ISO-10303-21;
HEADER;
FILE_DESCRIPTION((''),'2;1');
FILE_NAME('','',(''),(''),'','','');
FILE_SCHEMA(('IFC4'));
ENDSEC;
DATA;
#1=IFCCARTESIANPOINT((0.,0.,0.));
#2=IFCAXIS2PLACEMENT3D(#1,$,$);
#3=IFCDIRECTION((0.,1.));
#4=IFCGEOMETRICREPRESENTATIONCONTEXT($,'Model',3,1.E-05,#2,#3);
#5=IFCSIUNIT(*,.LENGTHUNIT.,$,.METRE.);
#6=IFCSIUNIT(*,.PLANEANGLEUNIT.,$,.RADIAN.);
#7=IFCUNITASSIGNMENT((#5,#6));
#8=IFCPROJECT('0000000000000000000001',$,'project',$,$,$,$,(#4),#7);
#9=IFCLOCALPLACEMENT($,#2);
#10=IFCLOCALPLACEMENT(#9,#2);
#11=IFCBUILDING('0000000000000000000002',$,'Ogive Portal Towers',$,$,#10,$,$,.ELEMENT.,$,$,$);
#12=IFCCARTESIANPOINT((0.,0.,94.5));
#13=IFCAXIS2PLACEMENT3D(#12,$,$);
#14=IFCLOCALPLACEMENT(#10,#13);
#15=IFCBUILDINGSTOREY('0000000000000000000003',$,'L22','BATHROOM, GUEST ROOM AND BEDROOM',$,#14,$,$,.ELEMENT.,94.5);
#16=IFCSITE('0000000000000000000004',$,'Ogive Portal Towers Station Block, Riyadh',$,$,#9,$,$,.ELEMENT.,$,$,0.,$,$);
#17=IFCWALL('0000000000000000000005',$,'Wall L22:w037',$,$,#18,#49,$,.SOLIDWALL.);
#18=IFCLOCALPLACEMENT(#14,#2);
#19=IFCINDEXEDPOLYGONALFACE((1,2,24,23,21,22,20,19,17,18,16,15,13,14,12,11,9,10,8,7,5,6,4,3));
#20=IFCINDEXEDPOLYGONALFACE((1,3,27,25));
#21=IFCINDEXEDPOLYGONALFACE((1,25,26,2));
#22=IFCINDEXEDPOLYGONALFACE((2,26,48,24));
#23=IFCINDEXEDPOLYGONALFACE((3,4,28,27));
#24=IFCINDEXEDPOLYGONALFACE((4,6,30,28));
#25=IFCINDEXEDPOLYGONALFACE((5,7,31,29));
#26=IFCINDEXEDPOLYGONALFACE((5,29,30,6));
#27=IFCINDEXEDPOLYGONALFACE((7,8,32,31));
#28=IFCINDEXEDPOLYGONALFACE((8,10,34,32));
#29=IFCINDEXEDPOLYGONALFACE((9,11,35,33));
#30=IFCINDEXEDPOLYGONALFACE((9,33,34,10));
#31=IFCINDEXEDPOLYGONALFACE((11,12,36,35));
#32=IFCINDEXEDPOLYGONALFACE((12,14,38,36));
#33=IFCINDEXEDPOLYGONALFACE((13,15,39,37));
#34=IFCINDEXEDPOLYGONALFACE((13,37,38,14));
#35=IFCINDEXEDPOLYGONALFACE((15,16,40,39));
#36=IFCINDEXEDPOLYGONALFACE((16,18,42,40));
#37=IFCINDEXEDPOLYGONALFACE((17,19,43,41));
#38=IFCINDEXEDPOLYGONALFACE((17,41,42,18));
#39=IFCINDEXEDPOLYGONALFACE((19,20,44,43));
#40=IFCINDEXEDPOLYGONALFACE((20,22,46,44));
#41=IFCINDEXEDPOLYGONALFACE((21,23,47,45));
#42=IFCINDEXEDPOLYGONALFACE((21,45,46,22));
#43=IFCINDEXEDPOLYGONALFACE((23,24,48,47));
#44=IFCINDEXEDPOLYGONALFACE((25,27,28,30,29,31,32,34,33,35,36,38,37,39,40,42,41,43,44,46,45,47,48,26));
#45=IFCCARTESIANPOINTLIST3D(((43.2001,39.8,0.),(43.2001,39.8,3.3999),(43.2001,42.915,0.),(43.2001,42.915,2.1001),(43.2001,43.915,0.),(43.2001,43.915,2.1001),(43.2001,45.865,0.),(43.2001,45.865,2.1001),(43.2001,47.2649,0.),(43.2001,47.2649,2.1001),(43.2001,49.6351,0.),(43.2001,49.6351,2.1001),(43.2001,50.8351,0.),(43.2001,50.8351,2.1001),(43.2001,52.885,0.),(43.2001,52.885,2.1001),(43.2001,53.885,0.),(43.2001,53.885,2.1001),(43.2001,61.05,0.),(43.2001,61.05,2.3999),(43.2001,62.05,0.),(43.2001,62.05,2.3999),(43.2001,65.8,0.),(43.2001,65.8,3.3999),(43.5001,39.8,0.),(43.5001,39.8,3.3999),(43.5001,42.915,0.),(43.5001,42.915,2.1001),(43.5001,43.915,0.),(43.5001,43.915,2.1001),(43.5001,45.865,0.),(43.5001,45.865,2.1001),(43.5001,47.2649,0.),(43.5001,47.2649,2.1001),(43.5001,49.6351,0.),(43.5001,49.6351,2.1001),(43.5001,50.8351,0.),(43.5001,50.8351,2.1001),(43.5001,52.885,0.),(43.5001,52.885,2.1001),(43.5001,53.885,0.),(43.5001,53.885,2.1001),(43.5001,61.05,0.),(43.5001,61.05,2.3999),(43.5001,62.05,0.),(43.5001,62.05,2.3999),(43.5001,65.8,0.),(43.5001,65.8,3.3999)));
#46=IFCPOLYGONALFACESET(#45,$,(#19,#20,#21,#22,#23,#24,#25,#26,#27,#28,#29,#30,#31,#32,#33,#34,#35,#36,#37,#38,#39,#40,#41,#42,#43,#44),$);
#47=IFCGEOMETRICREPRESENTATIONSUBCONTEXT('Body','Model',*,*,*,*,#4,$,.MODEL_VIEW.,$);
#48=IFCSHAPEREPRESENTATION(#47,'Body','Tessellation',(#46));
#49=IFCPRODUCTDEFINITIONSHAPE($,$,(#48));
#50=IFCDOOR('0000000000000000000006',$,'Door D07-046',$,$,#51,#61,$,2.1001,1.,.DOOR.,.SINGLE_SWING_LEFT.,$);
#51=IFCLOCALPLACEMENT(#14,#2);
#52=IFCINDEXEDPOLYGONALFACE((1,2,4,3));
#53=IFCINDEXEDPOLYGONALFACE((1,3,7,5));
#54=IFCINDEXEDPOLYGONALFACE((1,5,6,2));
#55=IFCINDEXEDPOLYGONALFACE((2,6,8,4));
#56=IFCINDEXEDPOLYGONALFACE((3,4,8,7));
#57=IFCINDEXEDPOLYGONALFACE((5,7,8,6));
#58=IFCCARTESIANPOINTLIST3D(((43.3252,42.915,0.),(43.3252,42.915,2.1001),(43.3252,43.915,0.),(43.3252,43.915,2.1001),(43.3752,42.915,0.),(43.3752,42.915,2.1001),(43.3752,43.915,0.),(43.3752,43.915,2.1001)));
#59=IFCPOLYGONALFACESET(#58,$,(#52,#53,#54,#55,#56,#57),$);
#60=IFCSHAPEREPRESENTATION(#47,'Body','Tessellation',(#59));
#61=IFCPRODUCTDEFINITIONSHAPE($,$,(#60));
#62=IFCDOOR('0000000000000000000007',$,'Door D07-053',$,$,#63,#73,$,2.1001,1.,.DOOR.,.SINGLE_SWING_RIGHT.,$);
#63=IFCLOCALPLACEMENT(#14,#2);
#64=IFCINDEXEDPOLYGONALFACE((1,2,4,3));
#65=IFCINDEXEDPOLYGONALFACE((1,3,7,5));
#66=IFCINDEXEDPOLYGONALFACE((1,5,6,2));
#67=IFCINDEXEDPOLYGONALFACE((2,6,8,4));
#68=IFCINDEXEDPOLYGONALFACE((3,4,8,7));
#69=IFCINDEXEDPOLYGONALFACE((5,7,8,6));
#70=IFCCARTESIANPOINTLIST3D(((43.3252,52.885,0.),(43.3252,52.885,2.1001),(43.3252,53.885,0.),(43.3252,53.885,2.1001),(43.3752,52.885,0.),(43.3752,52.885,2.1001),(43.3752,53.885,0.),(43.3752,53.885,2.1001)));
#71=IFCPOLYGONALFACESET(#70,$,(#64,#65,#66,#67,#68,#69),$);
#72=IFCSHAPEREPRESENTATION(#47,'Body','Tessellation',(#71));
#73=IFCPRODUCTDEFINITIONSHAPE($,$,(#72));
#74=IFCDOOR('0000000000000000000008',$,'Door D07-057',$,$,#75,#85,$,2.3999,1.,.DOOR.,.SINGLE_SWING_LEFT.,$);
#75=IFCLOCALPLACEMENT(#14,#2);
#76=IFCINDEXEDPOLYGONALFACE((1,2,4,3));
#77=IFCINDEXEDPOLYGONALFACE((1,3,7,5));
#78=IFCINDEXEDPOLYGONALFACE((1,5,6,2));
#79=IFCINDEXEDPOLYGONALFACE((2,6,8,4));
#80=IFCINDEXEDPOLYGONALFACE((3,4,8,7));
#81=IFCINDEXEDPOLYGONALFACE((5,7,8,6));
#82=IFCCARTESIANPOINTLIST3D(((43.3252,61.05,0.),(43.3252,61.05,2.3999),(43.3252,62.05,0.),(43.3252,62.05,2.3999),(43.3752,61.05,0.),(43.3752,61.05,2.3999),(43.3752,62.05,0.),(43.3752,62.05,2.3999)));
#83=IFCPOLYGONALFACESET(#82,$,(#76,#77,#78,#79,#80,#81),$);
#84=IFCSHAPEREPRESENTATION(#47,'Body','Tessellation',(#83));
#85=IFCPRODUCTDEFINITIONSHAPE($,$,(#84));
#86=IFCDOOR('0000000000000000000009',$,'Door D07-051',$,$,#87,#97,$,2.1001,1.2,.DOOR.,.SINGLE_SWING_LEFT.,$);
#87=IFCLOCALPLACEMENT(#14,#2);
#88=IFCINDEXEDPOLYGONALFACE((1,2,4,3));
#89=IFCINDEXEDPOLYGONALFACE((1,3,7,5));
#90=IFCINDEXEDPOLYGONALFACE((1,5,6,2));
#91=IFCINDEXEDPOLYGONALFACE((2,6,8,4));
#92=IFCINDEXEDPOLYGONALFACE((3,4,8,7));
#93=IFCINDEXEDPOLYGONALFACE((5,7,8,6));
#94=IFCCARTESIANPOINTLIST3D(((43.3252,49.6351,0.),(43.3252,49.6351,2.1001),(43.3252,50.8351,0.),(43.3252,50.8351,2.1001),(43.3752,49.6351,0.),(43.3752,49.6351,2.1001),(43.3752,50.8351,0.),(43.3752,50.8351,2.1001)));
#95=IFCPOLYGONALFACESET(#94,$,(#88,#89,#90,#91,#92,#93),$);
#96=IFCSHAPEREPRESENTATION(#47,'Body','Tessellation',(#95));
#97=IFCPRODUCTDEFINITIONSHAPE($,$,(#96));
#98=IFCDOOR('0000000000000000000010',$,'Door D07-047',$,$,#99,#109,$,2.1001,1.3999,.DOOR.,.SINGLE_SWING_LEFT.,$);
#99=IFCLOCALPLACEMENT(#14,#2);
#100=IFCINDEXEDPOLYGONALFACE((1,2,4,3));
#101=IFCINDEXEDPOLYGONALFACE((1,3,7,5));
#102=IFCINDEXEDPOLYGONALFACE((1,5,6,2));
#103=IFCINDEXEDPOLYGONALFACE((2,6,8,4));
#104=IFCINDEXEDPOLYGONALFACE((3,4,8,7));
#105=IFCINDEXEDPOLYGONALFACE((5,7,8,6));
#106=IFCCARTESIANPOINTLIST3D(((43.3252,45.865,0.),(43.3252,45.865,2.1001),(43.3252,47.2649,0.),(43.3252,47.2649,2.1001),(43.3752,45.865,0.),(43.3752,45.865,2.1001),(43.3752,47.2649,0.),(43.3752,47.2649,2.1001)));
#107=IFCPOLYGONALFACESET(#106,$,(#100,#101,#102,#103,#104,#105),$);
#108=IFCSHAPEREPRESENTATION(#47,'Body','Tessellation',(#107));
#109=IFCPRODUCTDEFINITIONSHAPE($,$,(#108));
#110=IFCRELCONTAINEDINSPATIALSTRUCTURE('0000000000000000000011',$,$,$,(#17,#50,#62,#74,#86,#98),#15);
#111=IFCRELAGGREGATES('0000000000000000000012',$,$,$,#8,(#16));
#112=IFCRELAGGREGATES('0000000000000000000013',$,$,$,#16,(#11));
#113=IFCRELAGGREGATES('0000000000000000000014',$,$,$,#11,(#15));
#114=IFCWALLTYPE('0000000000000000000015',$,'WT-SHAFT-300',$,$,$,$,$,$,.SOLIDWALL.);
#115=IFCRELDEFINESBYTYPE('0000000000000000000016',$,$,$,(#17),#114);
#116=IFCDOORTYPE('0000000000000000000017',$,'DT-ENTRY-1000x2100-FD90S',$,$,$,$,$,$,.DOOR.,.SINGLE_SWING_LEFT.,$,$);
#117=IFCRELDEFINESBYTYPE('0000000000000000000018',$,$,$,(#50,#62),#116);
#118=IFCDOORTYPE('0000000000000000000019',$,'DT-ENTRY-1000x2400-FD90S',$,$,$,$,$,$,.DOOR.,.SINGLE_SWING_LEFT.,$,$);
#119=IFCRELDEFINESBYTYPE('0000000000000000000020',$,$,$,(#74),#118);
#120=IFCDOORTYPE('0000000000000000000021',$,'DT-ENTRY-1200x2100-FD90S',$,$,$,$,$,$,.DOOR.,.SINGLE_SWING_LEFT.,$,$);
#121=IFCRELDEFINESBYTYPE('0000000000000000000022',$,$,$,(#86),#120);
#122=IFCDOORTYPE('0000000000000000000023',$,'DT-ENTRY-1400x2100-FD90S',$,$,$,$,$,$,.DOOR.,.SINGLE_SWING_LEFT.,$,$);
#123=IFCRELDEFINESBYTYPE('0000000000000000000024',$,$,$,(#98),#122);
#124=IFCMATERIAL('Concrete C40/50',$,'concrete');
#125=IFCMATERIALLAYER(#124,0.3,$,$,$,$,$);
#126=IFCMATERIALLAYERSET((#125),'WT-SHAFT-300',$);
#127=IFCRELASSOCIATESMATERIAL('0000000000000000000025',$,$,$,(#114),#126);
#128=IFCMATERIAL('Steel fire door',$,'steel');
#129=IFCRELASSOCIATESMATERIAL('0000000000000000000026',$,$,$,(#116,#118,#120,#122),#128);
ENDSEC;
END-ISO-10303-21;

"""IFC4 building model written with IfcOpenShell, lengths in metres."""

from ifc_helpers import new_model, si_unit, direction, frame, frame_2d, origin, place, context, subcontext, project, spatial, rectangle, extrude, material, layer, layer_set, type_object, element, fill, save


model = new_model("IFC4")

# Units and contexts
model_context = context("Model", 3, precision=1e-05, world=origin(), true_north=direction((0.0, 1.0)))
body_context = subcontext(model_context, "Body", "Model", "MODEL_VIEW")
ifc_project = project(units=[si_unit("LENGTHUNIT", "METRE"), si_unit("PLANEANGLEUNIT", "RADIAN")], contexts=[model_context])

# Site, building, storey
site_placement = place(None, origin())
site = spatial("IfcSite", under=ifc_project, at=site_placement, Name="Ogive Portal Towers Station Block, Riyadh", CompositionType="ELEMENT", RefElevation=0.0)
building_placement = place(site_placement, origin())
building = spatial("IfcBuilding", under=site, at=building_placement, Name="Ogive Portal Towers", CompositionType="ELEMENT")
storey_placement = place(building_placement, frame((0.0, 0.0, 94.5)))
storey = spatial("IfcBuildingStorey", under=building, at=storey_placement, Name="L22", Description="BATHROOM, GUEST ROOM AND BEDROOM", CompositionType="ELEMENT", Elevation=94.5)

# Shared definitions
ifc_material_1 = material(Name="Steel fire door", Category="steel")

# Wall, openings, doors
ifc_material_2 = material(Name="Concrete C40/50", Category="concrete")
ifc_layer_1 = layer(ifc_material_2, 0.3)
ifc_layer_set_1 = layer_set([ifc_layer_1], Name="WT-SHAFT-300")
wall_type_1 = type_object("IfcWallType", Name="WT-SHAFT-300", PredefinedType="SOLIDWALL", material=ifc_layer_set_1)
wall_1_placement = place(storey_placement, frame((43.3501, 39.8, 0.0), z_axis=(0.0, 0.0, 1.0), x_axis=(0.0, 1.0, 0.0)))
wall_1 = element("IfcWall", 1, at=wall_1_placement, inside=storey, type_object=wall_type_1, Name="Wall L22:w037", PredefinedType="SOLIDWALL", context=body_context, shape_type="SweptSolid", body=[
    extrude(rectangle(XDim=26.0, YDim=0.3, at=frame_2d((13.0, 0.0))), origin(), (0.0, 0.0, 1.0), 3.3999),
])
opening_1_placement = place(wall_1_placement, frame((3.115, 0.0, 0.0)))
opening_1 = element("IfcOpeningElement", 2, at=opening_1_placement, cuts=wall_1, PredefinedType="OPENING", context=body_context, shape_type="SweptSolid", body=[
    extrude(rectangle(XDim=1.0, YDim=2.1001, at=frame_2d((0.5, 1.05))), frame((0.0, 0.1602, 0.0), z_axis=(0.0, -1.0, 0.0), x_axis=(1.0, 0.0, 0.0)), (0.0, 0.0, 1.0), 0.3201),
])
opening_2_placement = place(wall_1_placement, frame((6.0649, 0.0, 0.0)))
opening_2 = element("IfcOpeningElement", 3, at=opening_2_placement, cuts=wall_1, PredefinedType="OPENING", context=body_context, shape_type="SweptSolid", body=[
    extrude(rectangle(XDim=1.3999, YDim=2.1001, at=frame_2d((0.7, 1.05))), frame((0.0, 0.1602, 0.0), z_axis=(0.0, -1.0, 0.0), x_axis=(1.0, 0.0, 0.0)), (0.0, 0.0, 1.0), 0.3201),
])
opening_3_placement = place(wall_1_placement, frame((9.835, 0.0, 0.0)))
opening_3 = element("IfcOpeningElement", 4, at=opening_3_placement, cuts=wall_1, PredefinedType="OPENING", context=body_context, shape_type="SweptSolid", body=[
    extrude(rectangle(XDim=1.2, YDim=2.1001, at=frame_2d((0.6001, 1.05))), frame((0.0, 0.1602, 0.0), z_axis=(0.0, -1.0, 0.0), x_axis=(1.0, 0.0, 0.0)), (0.0, 0.0, 1.0), 0.3201),
])
opening_4_placement = place(wall_1_placement, frame((13.085, 0.0, 0.0)))
opening_4 = element("IfcOpeningElement", 5, at=opening_4_placement, cuts=wall_1, PredefinedType="OPENING", context=body_context, shape_type="SweptSolid", body=[
    extrude(rectangle(XDim=1.0, YDim=2.1001, at=frame_2d((0.5, 1.05))), frame((0.0, 0.1602, 0.0), z_axis=(0.0, -1.0, 0.0), x_axis=(1.0, 0.0, 0.0)), (0.0, 0.0, 1.0), 0.3201),
])
opening_5_placement = place(wall_1_placement, frame((21.25, 0.0, 0.0)))
opening_5 = element("IfcOpeningElement", 6, at=opening_5_placement, cuts=wall_1, PredefinedType="OPENING", context=body_context, shape_type="SweptSolid", body=[
    extrude(rectangle(XDim=1.0, YDim=2.3999, at=frame_2d((0.5, 1.2))), frame((0.0, 0.1602, 0.0), z_axis=(0.0, -1.0, 0.0), x_axis=(1.0, 0.0, 0.0)), (0.0, 0.0, 1.0), 0.3201),
])
door_type_1 = type_object("IfcDoorType", Name="DT-ENTRY-1000x2100-FD90S", OperationType="SINGLE_SWING_LEFT", PredefinedType="DOOR", material=ifc_material_1)
door_1_placement = place(opening_1_placement, origin())
door_1 = element("IfcDoor", 7, at=door_1_placement, inside=storey, type_object=door_type_1, Name="Door D07-046", OperationType="SINGLE_SWING_LEFT", OverallHeight=2.1001, OverallWidth=1.0, PredefinedType="DOOR", context=body_context, shape_type="SweptSolid", body=[
    extrude(rectangle(XDim=1.0, YDim=2.1001, at=frame_2d((0.5, 1.05))), frame((0.0, 0.0249, 0.0), z_axis=(0.0, -1.0, 0.0), x_axis=(1.0, 0.0, 0.0)), (0.0, 0.0, 1.0), 0.05),
])
fill(opening_1, door_1)
door_2_placement = place(opening_4_placement, origin())
door_2 = element("IfcDoor", 8, at=door_2_placement, inside=storey, type_object=door_type_1, Name="Door D07-053", OperationType="SINGLE_SWING_RIGHT", OverallHeight=2.1001, OverallWidth=1.0, PredefinedType="DOOR", context=body_context, shape_type="SweptSolid", body=[
    extrude(rectangle(XDim=1.0, YDim=2.1001, at=frame_2d((0.5, 1.05))), frame((0.0, 0.0249, 0.0), z_axis=(0.0, -1.0, 0.0), x_axis=(1.0, 0.0, 0.0)), (0.0, 0.0, 1.0), 0.05),
])
fill(opening_4, door_2)
door_type_2 = type_object("IfcDoorType", Name="DT-ENTRY-1000x2400-FD90S", OperationType="SINGLE_SWING_LEFT", PredefinedType="DOOR", material=ifc_material_1)
door_3_placement = place(opening_5_placement, origin())
door_3 = element("IfcDoor", 9, at=door_3_placement, inside=storey, type_object=door_type_2, Name="Door D07-057", OperationType="SINGLE_SWING_LEFT", OverallHeight=2.3999, OverallWidth=1.0, PredefinedType="DOOR", context=body_context, shape_type="SweptSolid", body=[
    extrude(rectangle(XDim=1.0, YDim=2.3999, at=frame_2d((0.5, 1.2))), frame((0.0, 0.0249, 0.0), z_axis=(0.0, -1.0, 0.0), x_axis=(1.0, 0.0, 0.0)), (0.0, 0.0, 1.0), 0.05),
])
fill(opening_5, door_3)
door_type_3 = type_object("IfcDoorType", Name="DT-ENTRY-1200x2100-FD90S", OperationType="SINGLE_SWING_LEFT", PredefinedType="DOOR", material=ifc_material_1)
door_4_placement = place(opening_3_placement, origin())
door_4 = element("IfcDoor", 10, at=door_4_placement, inside=storey, type_object=door_type_3, Name="Door D07-051", OperationType="SINGLE_SWING_LEFT", OverallHeight=2.1001, OverallWidth=1.2, PredefinedType="DOOR", context=body_context, shape_type="SweptSolid", body=[
    extrude(rectangle(XDim=1.2, YDim=2.1001, at=frame_2d((0.6001, 1.05))), frame((0.0, 0.0249, 0.0), z_axis=(0.0, -1.0, 0.0), x_axis=(1.0, 0.0, 0.0)), (0.0, 0.0, 1.0), 0.05),
])
fill(opening_3, door_4)
door_type_4 = type_object("IfcDoorType", Name="DT-ENTRY-1400x2100-FD90S", OperationType="SINGLE_SWING_LEFT", PredefinedType="DOOR", material=ifc_material_1)
door_5_placement = place(opening_2_placement, origin())
door_5 = element("IfcDoor", 11, at=door_5_placement, inside=storey, type_object=door_type_4, Name="Door D07-047", OperationType="SINGLE_SWING_LEFT", OverallHeight=2.1001, OverallWidth=1.3999, PredefinedType="DOOR", context=body_context, shape_type="SweptSolid", body=[
    extrude(rectangle(XDim=1.3999, YDim=2.1001, at=frame_2d((0.7, 1.05))), frame((0.0, 0.0249, 0.0), z_axis=(0.0, -1.0, 0.0), x_axis=(1.0, 0.0, 0.0)), (0.0, 0.0, 1.0), 0.05),
])
fill(opening_2, door_5)

save(model, "model.ifc")
